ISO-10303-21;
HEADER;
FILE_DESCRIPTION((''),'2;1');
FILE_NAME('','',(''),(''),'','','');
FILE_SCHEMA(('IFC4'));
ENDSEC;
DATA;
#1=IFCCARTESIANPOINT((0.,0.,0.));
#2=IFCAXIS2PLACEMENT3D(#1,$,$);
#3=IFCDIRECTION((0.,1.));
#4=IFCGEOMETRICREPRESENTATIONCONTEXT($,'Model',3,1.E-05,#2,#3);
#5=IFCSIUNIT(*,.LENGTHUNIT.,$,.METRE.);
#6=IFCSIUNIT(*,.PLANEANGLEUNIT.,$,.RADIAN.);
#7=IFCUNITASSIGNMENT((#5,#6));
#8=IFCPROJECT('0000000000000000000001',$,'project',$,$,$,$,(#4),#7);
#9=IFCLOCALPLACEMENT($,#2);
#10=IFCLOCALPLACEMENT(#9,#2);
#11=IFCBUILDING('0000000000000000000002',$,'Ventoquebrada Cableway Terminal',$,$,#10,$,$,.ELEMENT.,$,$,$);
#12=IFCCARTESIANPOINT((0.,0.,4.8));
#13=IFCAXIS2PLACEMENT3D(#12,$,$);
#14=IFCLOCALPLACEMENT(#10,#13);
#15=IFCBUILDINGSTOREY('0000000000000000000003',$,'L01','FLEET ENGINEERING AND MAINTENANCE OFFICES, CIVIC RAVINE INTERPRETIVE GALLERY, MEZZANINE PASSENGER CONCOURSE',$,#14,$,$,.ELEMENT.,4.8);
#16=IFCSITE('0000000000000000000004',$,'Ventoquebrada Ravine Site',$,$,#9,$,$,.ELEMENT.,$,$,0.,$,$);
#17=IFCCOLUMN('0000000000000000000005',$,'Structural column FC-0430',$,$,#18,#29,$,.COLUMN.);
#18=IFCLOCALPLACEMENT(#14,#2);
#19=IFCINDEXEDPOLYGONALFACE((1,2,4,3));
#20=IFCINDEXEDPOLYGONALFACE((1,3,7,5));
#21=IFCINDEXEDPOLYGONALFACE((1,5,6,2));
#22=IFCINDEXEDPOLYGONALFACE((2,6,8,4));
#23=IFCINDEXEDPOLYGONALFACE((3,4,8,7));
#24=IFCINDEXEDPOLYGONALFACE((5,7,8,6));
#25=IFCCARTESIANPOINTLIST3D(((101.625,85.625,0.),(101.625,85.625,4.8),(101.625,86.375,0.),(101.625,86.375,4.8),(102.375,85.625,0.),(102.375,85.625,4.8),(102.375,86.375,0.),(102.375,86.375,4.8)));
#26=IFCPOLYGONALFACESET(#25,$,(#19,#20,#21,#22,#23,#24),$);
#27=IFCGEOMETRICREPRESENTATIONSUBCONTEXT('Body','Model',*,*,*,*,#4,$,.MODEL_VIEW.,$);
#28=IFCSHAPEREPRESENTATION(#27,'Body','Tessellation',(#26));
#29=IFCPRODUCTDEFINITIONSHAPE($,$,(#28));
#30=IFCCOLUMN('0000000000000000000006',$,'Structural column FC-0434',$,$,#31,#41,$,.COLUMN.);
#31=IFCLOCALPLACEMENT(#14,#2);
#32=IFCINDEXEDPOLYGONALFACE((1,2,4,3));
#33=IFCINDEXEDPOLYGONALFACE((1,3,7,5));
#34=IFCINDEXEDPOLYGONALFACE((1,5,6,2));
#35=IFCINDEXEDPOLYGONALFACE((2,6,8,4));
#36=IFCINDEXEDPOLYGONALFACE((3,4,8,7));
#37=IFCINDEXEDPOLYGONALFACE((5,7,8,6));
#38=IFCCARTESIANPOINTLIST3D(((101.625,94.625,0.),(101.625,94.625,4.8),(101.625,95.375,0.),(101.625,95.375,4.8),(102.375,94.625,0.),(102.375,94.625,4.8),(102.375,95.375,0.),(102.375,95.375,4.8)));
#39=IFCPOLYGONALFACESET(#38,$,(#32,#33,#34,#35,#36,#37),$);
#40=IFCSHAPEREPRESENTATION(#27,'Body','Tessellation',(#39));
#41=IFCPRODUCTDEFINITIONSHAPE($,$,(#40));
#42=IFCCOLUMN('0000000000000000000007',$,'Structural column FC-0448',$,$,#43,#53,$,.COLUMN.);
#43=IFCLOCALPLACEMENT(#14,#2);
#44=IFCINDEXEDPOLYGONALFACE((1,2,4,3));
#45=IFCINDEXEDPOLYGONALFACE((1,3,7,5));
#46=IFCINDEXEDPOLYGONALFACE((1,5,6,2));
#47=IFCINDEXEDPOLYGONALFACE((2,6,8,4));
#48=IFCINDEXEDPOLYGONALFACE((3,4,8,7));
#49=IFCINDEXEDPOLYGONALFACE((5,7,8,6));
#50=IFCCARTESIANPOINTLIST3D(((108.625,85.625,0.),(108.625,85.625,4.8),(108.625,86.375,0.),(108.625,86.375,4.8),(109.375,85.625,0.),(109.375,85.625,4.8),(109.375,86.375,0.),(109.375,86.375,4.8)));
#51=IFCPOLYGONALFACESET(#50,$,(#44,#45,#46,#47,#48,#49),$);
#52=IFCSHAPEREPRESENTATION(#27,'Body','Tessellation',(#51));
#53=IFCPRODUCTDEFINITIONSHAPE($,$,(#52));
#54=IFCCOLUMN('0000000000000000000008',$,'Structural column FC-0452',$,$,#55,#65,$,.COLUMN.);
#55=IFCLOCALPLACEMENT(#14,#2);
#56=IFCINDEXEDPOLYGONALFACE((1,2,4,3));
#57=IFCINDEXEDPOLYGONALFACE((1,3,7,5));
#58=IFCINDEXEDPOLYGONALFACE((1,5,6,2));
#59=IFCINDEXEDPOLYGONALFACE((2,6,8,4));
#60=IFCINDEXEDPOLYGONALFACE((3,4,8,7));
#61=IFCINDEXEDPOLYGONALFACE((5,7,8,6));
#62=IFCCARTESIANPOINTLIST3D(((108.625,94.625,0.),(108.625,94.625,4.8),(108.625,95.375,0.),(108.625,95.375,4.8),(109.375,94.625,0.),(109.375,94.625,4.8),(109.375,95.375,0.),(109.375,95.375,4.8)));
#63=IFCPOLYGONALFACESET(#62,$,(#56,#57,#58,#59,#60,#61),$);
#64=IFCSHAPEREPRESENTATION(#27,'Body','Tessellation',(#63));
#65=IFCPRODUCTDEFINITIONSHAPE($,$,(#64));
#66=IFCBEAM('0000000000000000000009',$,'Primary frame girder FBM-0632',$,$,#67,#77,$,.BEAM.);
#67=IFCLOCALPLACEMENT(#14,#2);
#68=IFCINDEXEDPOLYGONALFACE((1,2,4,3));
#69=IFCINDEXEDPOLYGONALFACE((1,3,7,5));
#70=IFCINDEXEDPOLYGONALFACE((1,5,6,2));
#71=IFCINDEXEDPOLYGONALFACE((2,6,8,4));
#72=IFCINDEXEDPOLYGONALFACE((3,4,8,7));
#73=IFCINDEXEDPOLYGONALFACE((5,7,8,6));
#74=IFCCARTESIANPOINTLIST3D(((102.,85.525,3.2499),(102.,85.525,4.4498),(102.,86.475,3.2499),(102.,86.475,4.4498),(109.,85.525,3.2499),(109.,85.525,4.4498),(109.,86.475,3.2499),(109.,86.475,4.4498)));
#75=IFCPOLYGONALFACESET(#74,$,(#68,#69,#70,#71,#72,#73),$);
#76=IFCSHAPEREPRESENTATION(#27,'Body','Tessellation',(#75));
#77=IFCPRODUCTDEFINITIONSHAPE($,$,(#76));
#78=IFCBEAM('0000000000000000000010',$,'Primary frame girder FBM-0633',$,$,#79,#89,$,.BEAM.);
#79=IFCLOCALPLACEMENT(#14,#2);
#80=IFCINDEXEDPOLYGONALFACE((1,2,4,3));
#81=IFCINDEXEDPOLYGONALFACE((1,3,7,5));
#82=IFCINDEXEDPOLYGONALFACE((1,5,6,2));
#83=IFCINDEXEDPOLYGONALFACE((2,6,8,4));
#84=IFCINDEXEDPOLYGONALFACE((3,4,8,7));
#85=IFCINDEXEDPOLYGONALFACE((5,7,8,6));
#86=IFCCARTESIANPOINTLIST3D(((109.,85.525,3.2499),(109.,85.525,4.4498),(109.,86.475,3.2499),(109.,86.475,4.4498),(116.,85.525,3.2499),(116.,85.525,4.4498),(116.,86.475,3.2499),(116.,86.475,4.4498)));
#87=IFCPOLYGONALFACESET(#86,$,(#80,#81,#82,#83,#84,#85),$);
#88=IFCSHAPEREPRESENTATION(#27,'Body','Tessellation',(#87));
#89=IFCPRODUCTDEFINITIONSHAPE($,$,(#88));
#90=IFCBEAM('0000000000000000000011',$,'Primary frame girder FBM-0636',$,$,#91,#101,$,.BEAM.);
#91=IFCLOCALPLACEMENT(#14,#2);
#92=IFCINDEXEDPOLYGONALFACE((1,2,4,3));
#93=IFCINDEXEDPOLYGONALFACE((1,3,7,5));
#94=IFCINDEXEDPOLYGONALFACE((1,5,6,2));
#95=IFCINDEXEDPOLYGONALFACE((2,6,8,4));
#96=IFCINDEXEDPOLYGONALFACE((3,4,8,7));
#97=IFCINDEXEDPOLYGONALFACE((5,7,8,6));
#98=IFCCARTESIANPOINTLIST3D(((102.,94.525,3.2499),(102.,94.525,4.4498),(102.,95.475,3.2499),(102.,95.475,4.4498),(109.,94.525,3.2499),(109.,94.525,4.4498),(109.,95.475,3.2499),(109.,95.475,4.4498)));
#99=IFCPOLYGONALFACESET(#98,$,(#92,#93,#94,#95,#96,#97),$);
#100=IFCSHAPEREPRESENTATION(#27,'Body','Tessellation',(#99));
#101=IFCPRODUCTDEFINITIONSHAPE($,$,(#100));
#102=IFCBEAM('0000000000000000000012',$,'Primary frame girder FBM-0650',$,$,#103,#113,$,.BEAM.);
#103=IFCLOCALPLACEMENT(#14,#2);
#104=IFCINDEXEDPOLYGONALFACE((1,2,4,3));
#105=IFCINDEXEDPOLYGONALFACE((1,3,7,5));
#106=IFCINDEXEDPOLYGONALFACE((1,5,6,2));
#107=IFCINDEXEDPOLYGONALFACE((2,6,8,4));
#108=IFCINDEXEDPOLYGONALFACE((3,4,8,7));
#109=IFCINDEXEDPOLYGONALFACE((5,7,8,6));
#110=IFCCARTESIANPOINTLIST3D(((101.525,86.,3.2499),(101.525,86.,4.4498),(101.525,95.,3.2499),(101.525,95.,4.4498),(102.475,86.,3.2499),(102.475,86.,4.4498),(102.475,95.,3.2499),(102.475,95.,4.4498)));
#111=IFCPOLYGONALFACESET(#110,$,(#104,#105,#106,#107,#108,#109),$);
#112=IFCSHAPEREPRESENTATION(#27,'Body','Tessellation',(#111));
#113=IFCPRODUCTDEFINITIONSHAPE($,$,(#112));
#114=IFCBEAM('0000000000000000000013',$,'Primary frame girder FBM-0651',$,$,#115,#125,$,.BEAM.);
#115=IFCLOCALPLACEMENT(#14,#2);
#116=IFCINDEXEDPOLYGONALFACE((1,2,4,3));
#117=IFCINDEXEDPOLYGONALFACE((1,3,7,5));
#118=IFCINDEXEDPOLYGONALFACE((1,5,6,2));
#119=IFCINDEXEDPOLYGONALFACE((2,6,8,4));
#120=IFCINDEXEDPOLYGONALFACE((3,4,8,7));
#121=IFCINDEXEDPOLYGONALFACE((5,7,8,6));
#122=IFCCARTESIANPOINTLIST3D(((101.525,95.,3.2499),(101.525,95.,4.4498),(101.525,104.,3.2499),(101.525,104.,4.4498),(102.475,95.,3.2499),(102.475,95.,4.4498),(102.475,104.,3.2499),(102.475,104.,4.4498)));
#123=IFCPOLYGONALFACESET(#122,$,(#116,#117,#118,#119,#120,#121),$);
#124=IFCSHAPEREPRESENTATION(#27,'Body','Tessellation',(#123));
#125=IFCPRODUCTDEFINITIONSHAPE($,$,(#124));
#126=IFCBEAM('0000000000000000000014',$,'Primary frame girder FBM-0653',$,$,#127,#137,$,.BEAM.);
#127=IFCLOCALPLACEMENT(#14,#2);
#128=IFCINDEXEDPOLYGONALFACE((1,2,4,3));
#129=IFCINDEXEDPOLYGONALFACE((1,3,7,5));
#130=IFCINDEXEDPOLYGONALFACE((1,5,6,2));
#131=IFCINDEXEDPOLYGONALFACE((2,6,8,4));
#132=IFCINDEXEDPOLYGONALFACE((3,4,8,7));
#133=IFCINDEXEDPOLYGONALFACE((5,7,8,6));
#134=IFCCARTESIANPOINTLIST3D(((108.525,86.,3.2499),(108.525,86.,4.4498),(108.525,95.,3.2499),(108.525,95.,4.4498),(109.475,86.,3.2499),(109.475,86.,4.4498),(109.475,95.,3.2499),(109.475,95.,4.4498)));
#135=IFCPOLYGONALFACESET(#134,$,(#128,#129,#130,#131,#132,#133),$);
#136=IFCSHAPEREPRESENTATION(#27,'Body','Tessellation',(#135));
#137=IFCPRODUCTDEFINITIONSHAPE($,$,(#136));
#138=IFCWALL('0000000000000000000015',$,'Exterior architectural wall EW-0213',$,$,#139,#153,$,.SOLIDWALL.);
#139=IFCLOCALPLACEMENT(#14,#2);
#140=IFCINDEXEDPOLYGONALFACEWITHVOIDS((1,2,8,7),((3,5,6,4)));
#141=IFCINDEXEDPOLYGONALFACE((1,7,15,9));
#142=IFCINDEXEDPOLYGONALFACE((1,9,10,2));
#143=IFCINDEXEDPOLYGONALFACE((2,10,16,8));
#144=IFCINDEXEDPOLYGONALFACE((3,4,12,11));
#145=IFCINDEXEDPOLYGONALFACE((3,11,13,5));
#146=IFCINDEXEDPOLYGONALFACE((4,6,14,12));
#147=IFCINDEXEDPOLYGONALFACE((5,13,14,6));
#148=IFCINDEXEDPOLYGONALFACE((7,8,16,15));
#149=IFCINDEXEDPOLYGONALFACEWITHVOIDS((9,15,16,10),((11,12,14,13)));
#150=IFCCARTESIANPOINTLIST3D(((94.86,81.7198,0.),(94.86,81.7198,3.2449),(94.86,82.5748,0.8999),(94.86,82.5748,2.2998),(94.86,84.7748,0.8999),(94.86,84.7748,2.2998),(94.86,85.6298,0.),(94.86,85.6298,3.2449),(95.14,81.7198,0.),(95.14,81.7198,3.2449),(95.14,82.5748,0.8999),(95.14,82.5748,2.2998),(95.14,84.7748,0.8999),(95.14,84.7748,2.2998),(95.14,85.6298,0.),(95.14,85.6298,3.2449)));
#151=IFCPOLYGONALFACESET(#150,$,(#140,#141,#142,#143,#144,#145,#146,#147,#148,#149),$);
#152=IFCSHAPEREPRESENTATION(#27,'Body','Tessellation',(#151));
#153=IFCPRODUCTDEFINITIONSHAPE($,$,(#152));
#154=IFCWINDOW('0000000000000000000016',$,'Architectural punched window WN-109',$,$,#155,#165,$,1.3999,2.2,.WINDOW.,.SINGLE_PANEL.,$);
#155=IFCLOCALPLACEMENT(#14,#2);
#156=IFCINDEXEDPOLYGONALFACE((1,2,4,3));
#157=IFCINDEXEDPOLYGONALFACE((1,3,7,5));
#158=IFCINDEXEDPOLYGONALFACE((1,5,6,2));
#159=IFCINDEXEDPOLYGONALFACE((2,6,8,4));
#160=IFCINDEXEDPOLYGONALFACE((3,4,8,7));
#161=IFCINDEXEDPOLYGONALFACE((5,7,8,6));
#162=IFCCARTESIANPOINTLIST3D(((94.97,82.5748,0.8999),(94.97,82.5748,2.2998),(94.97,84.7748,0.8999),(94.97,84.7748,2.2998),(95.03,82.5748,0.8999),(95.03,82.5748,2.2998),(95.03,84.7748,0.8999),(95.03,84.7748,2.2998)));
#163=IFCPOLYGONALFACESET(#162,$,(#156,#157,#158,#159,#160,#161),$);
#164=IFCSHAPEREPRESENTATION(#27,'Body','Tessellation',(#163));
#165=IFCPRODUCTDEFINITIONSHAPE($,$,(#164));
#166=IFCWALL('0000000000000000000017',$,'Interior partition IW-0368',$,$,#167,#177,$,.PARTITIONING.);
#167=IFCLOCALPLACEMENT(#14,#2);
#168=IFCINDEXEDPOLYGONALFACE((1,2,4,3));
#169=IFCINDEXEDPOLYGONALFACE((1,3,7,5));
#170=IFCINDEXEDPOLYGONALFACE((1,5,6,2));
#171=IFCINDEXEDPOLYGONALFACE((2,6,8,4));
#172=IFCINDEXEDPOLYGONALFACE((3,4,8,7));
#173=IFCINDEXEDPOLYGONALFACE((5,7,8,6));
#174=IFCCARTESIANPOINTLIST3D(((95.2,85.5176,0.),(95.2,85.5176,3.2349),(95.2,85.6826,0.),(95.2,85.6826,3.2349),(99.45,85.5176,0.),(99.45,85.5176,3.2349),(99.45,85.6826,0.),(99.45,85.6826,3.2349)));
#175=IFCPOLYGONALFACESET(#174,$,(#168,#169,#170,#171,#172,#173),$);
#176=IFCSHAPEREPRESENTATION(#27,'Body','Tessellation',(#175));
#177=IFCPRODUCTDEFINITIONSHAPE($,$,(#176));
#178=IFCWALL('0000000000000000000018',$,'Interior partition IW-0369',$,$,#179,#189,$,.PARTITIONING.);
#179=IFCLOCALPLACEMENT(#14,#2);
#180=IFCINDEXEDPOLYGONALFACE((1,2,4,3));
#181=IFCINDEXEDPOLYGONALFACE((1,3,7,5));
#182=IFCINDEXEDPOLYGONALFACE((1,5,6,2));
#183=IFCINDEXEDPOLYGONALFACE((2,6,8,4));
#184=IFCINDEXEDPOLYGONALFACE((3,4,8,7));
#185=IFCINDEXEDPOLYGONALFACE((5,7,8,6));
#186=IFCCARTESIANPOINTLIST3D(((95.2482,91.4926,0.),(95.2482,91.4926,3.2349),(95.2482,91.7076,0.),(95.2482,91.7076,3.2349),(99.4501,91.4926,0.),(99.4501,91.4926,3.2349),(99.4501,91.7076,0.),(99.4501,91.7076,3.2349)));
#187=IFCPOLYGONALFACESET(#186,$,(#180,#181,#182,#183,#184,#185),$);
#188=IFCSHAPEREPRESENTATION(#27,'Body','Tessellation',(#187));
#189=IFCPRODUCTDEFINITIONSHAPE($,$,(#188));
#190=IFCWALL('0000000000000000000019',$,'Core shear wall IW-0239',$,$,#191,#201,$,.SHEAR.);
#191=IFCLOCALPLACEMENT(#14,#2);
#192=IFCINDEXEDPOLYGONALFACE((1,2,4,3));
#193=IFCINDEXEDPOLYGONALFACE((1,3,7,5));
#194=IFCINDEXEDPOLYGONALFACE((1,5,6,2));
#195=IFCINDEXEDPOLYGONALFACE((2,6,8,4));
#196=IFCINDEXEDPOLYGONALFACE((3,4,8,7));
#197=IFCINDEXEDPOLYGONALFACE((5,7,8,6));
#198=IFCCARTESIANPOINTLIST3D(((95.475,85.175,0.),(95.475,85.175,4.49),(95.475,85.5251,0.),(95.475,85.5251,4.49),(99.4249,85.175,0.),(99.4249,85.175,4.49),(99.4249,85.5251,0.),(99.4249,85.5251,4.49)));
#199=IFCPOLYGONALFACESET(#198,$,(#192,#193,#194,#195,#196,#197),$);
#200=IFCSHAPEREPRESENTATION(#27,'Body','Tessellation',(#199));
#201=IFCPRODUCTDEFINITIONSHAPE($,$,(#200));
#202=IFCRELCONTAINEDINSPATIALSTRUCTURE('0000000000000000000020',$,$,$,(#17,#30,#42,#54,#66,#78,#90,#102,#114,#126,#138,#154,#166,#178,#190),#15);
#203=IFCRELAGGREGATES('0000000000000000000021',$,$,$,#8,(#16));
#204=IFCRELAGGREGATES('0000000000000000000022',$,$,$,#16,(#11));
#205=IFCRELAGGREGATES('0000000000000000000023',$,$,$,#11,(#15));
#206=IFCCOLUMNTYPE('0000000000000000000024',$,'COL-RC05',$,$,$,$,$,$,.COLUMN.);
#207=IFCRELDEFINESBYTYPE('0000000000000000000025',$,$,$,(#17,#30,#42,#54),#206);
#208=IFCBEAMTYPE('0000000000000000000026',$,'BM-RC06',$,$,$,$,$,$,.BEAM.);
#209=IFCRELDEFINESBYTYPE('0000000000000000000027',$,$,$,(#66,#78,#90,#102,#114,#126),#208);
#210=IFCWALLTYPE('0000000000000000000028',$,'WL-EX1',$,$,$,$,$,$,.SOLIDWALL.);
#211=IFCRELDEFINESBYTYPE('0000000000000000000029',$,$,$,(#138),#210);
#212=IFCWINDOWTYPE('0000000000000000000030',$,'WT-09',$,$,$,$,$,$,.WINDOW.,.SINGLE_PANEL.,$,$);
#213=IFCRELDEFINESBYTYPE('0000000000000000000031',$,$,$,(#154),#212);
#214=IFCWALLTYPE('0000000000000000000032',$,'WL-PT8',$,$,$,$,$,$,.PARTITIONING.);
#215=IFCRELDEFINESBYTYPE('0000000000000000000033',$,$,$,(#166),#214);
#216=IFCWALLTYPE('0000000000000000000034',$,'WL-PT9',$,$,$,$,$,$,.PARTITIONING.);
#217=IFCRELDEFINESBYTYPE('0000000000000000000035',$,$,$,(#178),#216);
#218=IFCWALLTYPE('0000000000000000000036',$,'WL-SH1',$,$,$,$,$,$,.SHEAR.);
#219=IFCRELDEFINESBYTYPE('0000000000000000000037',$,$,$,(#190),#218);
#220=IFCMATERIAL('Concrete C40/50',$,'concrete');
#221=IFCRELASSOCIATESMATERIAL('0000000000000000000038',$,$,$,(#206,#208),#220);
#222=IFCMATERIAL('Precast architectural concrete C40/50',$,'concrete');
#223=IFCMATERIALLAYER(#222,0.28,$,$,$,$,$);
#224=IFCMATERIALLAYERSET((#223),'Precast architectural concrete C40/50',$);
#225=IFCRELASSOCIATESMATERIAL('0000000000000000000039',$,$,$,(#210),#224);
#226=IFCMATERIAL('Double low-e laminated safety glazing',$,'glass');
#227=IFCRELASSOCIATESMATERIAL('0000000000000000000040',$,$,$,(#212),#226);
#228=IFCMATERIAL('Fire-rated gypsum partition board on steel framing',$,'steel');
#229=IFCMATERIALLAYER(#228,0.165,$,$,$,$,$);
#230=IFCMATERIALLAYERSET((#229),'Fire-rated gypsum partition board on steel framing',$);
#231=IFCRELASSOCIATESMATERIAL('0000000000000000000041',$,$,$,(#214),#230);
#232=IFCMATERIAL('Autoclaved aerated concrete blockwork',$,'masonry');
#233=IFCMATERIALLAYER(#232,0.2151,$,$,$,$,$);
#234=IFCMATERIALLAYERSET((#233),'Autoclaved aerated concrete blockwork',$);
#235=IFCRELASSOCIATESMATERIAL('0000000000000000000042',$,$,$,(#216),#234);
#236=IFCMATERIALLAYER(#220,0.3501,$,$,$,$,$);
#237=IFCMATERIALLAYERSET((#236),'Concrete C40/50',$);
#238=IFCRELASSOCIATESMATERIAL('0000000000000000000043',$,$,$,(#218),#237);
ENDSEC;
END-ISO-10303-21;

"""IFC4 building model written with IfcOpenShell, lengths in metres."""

from ifc_helpers import new_model, si_unit, direction, frame, frame_2d, origin, origin_2d, place, context, subcontext, project, spatial, rectangle, extrude, material, layer, layer_set, material_profile, profile_set, type_object, element, fill, save


model = new_model("IFC4")

# Units and contexts
model_context = context("Model", 3, precision=1e-05, world=origin(), true_north=direction((0.0, 1.0)))
body_context = subcontext(model_context, "Body", "Model", "MODEL_VIEW")
ifc_project = project(units=[si_unit("LENGTHUNIT", "METRE"), si_unit("PLANEANGLEUNIT", "RADIAN")], contexts=[model_context])

# Site, building, storey
site_placement = place(None, origin())
site = spatial("IfcSite", under=ifc_project, at=site_placement, Name="Ventoquebrada Ravine Site", CompositionType="ELEMENT", RefElevation=0.0)
building_placement = place(site_placement, origin())
building = spatial("IfcBuilding", under=site, at=building_placement, Name="Ventoquebrada Cableway Terminal", CompositionType="ELEMENT")
storey_placement = place(building_placement, frame((0.0, 0.0, 4.8)))
storey = spatial("IfcBuildingStorey", under=building, at=storey_placement, Name="L01", Description="FLEET ENGINEERING AND MAINTENANCE OFFICES, CIVIC RAVINE INTERPRETIVE GALLERY, MEZZANINE PASSENGER CONCOURSE", CompositionType="ELEMENT", Elevation=4.8)

# Columns
ifc_material_1 = material(Name="Concrete C40/50", Category="concrete")
ifc_material_profile_1 = material_profile(ifc_material_1, rectangle(XDim=0.75, YDim=0.75, at=origin_2d()), Name="RC-COL-750X750")
ifc_profile_set_1 = profile_set([ifc_material_profile_1], Name="Concrete C40/50")
column_type = type_object("IfcColumnType", Name="COL-RC05", PredefinedType="COLUMN", material=ifc_profile_set_1)
for number, where, z_axis, x_axis, name in (
    (1, (102.0, 86.0, 0.0), (0.0, 0.0, 1.0), (1.0, 0.0, 0.0), "Structural column FC-0430"),
    (2, (102.0, 95.0, 0.0), (0.0, 0.0, 1.0), (1.0, 0.0, 0.0), "Structural column FC-0434"),
    (3, (109.0, 86.0, 0.0), (0.0, 0.0, 1.0), (1.0, 0.0, 0.0), "Structural column FC-0448"),
    (4, (109.0, 95.0, 0.0), (0.0, 0.0, 1.0), (1.0, 0.0, 0.0), "Structural column FC-0452"),
):
    element("IfcColumn", number, at=place(storey_placement, frame(where, z_axis=z_axis, x_axis=x_axis)), inside=storey, type_object=column_type, Name=name, PredefinedType="COLUMN", context=body_context, shape_type="SweptSolid", body=[
        extrude(rectangle(XDim=0.75, YDim=0.75, at=origin_2d()), origin(), (0.0, 0.0, 1.0), 4.8),
    ])

# Beams
ifc_material_profile_2 = material_profile(ifc_material_1, rectangle(XDim=0.95, YDim=1.2, at=origin_2d()), Name="RC-BM-950X1200")
ifc_profile_set_2 = profile_set([ifc_material_profile_2], Name="Concrete C40/50")
beam_type = type_object("IfcBeamType", Name="BM-RC06", PredefinedType="BEAM", material=ifc_profile_set_2)
for number, where, z_axis, x_axis, name in (
    (5, (102.0, 86.0, 3.8499), (1.0, 0.0, 0.0), (0.0, 1.0, 0.0), "Primary frame girder FBM-0632"),
    (6, (109.0, 86.0, 3.8499), (1.0, 0.0, 0.0), (0.0, 1.0, 0.0), "Primary frame girder FBM-0633"),
    (7, (102.0, 95.0, 3.8499), (1.0, 0.0, 0.0), (0.0, 1.0, 0.0), "Primary frame girder FBM-0636"),
):
    element("IfcBeam", number, at=place(storey_placement, frame(where, z_axis=z_axis, x_axis=x_axis)), inside=storey, type_object=beam_type, Name=name, PredefinedType="BEAM", context=body_context, shape_type="SweptSolid", body=[
        extrude(rectangle(XDim=0.95, YDim=1.2, at=origin_2d()), origin(), (0.0, 0.0, 1.0), 7.0),
    ])
for number, where, z_axis, x_axis, name in (
    (8, (102.0, 86.0, 3.8499), (0.0, 1.0, 0.0), (-1.0, 0.0, 0.0), "Primary frame girder FBM-0650"),
    (9, (102.0, 95.0, 3.8499), (0.0, 1.0, 0.0), (-1.0, 0.0, 0.0), "Primary frame girder FBM-0651"),
    (10, (109.0, 86.0, 3.8499), (0.0, 1.0, 0.0), (-1.0, 0.0, 0.0), "Primary frame girder FBM-0653"),
):
    element("IfcBeam", number, at=place(storey_placement, frame(where, z_axis=z_axis, x_axis=x_axis)), inside=storey, type_object=beam_type, Name=name, PredefinedType="BEAM", context=body_context, shape_type="SweptSolid", body=[
        extrude(rectangle(XDim=0.95, YDim=1.2, at=origin_2d()), origin(), (0.0, 0.0, 1.0), 9.0),
    ])

# Wall, opening, window
ifc_material_2 = material(Name="Precast architectural concrete C40/50", Category="concrete")
ifc_layer_1 = layer(ifc_material_2, 0.28)
ifc_layer_set_1 = layer_set([ifc_layer_1], Name="Precast architectural concrete C40/50")
wall_type_1 = type_object("IfcWallType", Name="WL-EX1", PredefinedType="SOLIDWALL", material=ifc_layer_set_1)
wall_1_placement = place(storey_placement, frame((95.0, 85.6299, 0.0), z_axis=(0.0, 0.0, 1.0), x_axis=(0.0, -1.0, 0.0)))
wall_1 = element("IfcWall", 11, at=wall_1_placement, inside=storey, type_object=wall_type_1, Name="Exterior architectural wall EW-0213", PredefinedType="SOLIDWALL", context=body_context, shape_type="SweptSolid", body=[
    extrude(rectangle(XDim=3.9099, YDim=0.28, at=frame_2d((1.9551, 0.0))), origin(), (0.0, 0.0, 1.0), 3.2449),
])
opening_1_placement = place(wall_1_placement, frame((0.855, 0.0, 0.8999)))
opening_1 = element("IfcOpeningElement", 12, at=opening_1_placement, cuts=wall_1, PredefinedType="OPENING", context=body_context, shape_type="SweptSolid", body=[
    extrude(rectangle(XDim=2.2, YDim=1.3999, at=frame_2d((1.1001, 0.7))), frame((0.0, 0.1499, 0.0), z_axis=(0.0, -1.0, 0.0), x_axis=(1.0, 0.0, 0.0)), (0.0, 0.0, 1.0), 0.3),
])
ifc_material_3 = material(Name="Double low-e laminated safety glazing", Category="glass")
window_type = type_object("IfcWindowType", Name="WT-09", PartitioningType="SINGLE_PANEL", PredefinedType="WINDOW", material=ifc_material_3)
window_placement = place(opening_1_placement, origin())
window = element("IfcWindow", 13, at=window_placement, inside=storey, type_object=window_type, Name="Architectural punched window WN-109", OverallHeight=1.3999, OverallWidth=2.2, PartitioningType="SINGLE_PANEL", PredefinedType="WINDOW", context=body_context, shape_type="SweptSolid", body=[
    extrude(rectangle(XDim=2.2, YDim=1.3999, at=frame_2d((1.1001, 0.7))), frame((0.0, 0.03, 0.0), z_axis=(0.0, -1.0, 0.0), x_axis=(1.0, 0.0, 0.0)), (0.0, 0.0, 1.0), 0.0601),
])
fill(opening_1, window)

# Shared definitions
ifc_material_4 = material(Name="Autoclaved aerated concrete blockwork", Category="masonry")

# Walls
ifc_material_5 = material(Name="Fire-rated gypsum partition board on steel framing", Category="steel")
ifc_layer_2 = layer(ifc_material_5, 0.165)
ifc_layer_set_2 = layer_set([ifc_layer_2], Name="Fire-rated gypsum partition board on steel framing")
wall_type_2 = type_object("IfcWallType", Name="WL-PT8", PredefinedType="PARTITIONING", material=ifc_layer_set_2)
wall_2_placement = place(storey_placement, frame((95.2, 85.6001, 0.0), z_axis=(0.0, 0.0, 1.0), x_axis=(1.0, 0.0, 0.0)))
element("IfcWall", 14, at=wall_2_placement, inside=storey, type_object=wall_type_2, Name="Interior partition IW-0368", PredefinedType="PARTITIONING", context=body_context, shape_type="SweptSolid", body=[
    extrude(rectangle(XDim=4.25, YDim=0.165, at=frame_2d((2.125, 0.0))), origin(), (0.0, 0.0, 1.0), 3.2349),
])
ifc_layer_3 = layer(ifc_material_4, 0.2151)
ifc_layer_set_3 = layer_set([ifc_layer_3], Name="Autoclaved aerated concrete blockwork")
wall_type_3 = type_object("IfcWallType", Name="WL-PT9", PredefinedType="PARTITIONING", material=ifc_layer_set_3)
wall_3_placement = place(storey_placement, frame((95.248, 91.6001, 0.0), z_axis=(0.0, 0.0, 1.0), x_axis=(1.0, 0.0, 0.0)))
element("IfcWall", 15, at=wall_3_placement, inside=storey, type_object=wall_type_3, Name="Interior partition IW-0369", PredefinedType="PARTITIONING", context=body_context, shape_type="SweptSolid", body=[
    extrude(rectangle(XDim=4.2019, YDim=0.2151, at=frame_2d((2.1011, 0.0))), origin(), (0.0, 0.0, 1.0), 3.2349),
])
ifc_layer_4 = layer(ifc_material_1, 0.3501)
ifc_layer_set_4 = layer_set([ifc_layer_4], Name="Concrete C40/50")
wall_type_4 = type_object("IfcWallType", Name="WL-SH1", PredefinedType="SHEAR", material=ifc_layer_set_4)
wall_4_placement = place(storey_placement, frame((99.425, 85.3501, 0.0), z_axis=(0.0, 0.0, 1.0), x_axis=(-1.0, 0.0, 0.0)))
element("IfcWall", 16, at=wall_4_placement, inside=storey, type_object=wall_type_4, Name="Core shear wall IW-0239", PredefinedType="SHEAR", context=body_context, shape_type="SweptSolid", body=[
    extrude(rectangle(XDim=3.95, YDim=0.3501, at=frame_2d((1.9751, 0.0))), origin(), (0.0, 0.0, 1.0), 4.49),
])

save(model, "model.ifc")
